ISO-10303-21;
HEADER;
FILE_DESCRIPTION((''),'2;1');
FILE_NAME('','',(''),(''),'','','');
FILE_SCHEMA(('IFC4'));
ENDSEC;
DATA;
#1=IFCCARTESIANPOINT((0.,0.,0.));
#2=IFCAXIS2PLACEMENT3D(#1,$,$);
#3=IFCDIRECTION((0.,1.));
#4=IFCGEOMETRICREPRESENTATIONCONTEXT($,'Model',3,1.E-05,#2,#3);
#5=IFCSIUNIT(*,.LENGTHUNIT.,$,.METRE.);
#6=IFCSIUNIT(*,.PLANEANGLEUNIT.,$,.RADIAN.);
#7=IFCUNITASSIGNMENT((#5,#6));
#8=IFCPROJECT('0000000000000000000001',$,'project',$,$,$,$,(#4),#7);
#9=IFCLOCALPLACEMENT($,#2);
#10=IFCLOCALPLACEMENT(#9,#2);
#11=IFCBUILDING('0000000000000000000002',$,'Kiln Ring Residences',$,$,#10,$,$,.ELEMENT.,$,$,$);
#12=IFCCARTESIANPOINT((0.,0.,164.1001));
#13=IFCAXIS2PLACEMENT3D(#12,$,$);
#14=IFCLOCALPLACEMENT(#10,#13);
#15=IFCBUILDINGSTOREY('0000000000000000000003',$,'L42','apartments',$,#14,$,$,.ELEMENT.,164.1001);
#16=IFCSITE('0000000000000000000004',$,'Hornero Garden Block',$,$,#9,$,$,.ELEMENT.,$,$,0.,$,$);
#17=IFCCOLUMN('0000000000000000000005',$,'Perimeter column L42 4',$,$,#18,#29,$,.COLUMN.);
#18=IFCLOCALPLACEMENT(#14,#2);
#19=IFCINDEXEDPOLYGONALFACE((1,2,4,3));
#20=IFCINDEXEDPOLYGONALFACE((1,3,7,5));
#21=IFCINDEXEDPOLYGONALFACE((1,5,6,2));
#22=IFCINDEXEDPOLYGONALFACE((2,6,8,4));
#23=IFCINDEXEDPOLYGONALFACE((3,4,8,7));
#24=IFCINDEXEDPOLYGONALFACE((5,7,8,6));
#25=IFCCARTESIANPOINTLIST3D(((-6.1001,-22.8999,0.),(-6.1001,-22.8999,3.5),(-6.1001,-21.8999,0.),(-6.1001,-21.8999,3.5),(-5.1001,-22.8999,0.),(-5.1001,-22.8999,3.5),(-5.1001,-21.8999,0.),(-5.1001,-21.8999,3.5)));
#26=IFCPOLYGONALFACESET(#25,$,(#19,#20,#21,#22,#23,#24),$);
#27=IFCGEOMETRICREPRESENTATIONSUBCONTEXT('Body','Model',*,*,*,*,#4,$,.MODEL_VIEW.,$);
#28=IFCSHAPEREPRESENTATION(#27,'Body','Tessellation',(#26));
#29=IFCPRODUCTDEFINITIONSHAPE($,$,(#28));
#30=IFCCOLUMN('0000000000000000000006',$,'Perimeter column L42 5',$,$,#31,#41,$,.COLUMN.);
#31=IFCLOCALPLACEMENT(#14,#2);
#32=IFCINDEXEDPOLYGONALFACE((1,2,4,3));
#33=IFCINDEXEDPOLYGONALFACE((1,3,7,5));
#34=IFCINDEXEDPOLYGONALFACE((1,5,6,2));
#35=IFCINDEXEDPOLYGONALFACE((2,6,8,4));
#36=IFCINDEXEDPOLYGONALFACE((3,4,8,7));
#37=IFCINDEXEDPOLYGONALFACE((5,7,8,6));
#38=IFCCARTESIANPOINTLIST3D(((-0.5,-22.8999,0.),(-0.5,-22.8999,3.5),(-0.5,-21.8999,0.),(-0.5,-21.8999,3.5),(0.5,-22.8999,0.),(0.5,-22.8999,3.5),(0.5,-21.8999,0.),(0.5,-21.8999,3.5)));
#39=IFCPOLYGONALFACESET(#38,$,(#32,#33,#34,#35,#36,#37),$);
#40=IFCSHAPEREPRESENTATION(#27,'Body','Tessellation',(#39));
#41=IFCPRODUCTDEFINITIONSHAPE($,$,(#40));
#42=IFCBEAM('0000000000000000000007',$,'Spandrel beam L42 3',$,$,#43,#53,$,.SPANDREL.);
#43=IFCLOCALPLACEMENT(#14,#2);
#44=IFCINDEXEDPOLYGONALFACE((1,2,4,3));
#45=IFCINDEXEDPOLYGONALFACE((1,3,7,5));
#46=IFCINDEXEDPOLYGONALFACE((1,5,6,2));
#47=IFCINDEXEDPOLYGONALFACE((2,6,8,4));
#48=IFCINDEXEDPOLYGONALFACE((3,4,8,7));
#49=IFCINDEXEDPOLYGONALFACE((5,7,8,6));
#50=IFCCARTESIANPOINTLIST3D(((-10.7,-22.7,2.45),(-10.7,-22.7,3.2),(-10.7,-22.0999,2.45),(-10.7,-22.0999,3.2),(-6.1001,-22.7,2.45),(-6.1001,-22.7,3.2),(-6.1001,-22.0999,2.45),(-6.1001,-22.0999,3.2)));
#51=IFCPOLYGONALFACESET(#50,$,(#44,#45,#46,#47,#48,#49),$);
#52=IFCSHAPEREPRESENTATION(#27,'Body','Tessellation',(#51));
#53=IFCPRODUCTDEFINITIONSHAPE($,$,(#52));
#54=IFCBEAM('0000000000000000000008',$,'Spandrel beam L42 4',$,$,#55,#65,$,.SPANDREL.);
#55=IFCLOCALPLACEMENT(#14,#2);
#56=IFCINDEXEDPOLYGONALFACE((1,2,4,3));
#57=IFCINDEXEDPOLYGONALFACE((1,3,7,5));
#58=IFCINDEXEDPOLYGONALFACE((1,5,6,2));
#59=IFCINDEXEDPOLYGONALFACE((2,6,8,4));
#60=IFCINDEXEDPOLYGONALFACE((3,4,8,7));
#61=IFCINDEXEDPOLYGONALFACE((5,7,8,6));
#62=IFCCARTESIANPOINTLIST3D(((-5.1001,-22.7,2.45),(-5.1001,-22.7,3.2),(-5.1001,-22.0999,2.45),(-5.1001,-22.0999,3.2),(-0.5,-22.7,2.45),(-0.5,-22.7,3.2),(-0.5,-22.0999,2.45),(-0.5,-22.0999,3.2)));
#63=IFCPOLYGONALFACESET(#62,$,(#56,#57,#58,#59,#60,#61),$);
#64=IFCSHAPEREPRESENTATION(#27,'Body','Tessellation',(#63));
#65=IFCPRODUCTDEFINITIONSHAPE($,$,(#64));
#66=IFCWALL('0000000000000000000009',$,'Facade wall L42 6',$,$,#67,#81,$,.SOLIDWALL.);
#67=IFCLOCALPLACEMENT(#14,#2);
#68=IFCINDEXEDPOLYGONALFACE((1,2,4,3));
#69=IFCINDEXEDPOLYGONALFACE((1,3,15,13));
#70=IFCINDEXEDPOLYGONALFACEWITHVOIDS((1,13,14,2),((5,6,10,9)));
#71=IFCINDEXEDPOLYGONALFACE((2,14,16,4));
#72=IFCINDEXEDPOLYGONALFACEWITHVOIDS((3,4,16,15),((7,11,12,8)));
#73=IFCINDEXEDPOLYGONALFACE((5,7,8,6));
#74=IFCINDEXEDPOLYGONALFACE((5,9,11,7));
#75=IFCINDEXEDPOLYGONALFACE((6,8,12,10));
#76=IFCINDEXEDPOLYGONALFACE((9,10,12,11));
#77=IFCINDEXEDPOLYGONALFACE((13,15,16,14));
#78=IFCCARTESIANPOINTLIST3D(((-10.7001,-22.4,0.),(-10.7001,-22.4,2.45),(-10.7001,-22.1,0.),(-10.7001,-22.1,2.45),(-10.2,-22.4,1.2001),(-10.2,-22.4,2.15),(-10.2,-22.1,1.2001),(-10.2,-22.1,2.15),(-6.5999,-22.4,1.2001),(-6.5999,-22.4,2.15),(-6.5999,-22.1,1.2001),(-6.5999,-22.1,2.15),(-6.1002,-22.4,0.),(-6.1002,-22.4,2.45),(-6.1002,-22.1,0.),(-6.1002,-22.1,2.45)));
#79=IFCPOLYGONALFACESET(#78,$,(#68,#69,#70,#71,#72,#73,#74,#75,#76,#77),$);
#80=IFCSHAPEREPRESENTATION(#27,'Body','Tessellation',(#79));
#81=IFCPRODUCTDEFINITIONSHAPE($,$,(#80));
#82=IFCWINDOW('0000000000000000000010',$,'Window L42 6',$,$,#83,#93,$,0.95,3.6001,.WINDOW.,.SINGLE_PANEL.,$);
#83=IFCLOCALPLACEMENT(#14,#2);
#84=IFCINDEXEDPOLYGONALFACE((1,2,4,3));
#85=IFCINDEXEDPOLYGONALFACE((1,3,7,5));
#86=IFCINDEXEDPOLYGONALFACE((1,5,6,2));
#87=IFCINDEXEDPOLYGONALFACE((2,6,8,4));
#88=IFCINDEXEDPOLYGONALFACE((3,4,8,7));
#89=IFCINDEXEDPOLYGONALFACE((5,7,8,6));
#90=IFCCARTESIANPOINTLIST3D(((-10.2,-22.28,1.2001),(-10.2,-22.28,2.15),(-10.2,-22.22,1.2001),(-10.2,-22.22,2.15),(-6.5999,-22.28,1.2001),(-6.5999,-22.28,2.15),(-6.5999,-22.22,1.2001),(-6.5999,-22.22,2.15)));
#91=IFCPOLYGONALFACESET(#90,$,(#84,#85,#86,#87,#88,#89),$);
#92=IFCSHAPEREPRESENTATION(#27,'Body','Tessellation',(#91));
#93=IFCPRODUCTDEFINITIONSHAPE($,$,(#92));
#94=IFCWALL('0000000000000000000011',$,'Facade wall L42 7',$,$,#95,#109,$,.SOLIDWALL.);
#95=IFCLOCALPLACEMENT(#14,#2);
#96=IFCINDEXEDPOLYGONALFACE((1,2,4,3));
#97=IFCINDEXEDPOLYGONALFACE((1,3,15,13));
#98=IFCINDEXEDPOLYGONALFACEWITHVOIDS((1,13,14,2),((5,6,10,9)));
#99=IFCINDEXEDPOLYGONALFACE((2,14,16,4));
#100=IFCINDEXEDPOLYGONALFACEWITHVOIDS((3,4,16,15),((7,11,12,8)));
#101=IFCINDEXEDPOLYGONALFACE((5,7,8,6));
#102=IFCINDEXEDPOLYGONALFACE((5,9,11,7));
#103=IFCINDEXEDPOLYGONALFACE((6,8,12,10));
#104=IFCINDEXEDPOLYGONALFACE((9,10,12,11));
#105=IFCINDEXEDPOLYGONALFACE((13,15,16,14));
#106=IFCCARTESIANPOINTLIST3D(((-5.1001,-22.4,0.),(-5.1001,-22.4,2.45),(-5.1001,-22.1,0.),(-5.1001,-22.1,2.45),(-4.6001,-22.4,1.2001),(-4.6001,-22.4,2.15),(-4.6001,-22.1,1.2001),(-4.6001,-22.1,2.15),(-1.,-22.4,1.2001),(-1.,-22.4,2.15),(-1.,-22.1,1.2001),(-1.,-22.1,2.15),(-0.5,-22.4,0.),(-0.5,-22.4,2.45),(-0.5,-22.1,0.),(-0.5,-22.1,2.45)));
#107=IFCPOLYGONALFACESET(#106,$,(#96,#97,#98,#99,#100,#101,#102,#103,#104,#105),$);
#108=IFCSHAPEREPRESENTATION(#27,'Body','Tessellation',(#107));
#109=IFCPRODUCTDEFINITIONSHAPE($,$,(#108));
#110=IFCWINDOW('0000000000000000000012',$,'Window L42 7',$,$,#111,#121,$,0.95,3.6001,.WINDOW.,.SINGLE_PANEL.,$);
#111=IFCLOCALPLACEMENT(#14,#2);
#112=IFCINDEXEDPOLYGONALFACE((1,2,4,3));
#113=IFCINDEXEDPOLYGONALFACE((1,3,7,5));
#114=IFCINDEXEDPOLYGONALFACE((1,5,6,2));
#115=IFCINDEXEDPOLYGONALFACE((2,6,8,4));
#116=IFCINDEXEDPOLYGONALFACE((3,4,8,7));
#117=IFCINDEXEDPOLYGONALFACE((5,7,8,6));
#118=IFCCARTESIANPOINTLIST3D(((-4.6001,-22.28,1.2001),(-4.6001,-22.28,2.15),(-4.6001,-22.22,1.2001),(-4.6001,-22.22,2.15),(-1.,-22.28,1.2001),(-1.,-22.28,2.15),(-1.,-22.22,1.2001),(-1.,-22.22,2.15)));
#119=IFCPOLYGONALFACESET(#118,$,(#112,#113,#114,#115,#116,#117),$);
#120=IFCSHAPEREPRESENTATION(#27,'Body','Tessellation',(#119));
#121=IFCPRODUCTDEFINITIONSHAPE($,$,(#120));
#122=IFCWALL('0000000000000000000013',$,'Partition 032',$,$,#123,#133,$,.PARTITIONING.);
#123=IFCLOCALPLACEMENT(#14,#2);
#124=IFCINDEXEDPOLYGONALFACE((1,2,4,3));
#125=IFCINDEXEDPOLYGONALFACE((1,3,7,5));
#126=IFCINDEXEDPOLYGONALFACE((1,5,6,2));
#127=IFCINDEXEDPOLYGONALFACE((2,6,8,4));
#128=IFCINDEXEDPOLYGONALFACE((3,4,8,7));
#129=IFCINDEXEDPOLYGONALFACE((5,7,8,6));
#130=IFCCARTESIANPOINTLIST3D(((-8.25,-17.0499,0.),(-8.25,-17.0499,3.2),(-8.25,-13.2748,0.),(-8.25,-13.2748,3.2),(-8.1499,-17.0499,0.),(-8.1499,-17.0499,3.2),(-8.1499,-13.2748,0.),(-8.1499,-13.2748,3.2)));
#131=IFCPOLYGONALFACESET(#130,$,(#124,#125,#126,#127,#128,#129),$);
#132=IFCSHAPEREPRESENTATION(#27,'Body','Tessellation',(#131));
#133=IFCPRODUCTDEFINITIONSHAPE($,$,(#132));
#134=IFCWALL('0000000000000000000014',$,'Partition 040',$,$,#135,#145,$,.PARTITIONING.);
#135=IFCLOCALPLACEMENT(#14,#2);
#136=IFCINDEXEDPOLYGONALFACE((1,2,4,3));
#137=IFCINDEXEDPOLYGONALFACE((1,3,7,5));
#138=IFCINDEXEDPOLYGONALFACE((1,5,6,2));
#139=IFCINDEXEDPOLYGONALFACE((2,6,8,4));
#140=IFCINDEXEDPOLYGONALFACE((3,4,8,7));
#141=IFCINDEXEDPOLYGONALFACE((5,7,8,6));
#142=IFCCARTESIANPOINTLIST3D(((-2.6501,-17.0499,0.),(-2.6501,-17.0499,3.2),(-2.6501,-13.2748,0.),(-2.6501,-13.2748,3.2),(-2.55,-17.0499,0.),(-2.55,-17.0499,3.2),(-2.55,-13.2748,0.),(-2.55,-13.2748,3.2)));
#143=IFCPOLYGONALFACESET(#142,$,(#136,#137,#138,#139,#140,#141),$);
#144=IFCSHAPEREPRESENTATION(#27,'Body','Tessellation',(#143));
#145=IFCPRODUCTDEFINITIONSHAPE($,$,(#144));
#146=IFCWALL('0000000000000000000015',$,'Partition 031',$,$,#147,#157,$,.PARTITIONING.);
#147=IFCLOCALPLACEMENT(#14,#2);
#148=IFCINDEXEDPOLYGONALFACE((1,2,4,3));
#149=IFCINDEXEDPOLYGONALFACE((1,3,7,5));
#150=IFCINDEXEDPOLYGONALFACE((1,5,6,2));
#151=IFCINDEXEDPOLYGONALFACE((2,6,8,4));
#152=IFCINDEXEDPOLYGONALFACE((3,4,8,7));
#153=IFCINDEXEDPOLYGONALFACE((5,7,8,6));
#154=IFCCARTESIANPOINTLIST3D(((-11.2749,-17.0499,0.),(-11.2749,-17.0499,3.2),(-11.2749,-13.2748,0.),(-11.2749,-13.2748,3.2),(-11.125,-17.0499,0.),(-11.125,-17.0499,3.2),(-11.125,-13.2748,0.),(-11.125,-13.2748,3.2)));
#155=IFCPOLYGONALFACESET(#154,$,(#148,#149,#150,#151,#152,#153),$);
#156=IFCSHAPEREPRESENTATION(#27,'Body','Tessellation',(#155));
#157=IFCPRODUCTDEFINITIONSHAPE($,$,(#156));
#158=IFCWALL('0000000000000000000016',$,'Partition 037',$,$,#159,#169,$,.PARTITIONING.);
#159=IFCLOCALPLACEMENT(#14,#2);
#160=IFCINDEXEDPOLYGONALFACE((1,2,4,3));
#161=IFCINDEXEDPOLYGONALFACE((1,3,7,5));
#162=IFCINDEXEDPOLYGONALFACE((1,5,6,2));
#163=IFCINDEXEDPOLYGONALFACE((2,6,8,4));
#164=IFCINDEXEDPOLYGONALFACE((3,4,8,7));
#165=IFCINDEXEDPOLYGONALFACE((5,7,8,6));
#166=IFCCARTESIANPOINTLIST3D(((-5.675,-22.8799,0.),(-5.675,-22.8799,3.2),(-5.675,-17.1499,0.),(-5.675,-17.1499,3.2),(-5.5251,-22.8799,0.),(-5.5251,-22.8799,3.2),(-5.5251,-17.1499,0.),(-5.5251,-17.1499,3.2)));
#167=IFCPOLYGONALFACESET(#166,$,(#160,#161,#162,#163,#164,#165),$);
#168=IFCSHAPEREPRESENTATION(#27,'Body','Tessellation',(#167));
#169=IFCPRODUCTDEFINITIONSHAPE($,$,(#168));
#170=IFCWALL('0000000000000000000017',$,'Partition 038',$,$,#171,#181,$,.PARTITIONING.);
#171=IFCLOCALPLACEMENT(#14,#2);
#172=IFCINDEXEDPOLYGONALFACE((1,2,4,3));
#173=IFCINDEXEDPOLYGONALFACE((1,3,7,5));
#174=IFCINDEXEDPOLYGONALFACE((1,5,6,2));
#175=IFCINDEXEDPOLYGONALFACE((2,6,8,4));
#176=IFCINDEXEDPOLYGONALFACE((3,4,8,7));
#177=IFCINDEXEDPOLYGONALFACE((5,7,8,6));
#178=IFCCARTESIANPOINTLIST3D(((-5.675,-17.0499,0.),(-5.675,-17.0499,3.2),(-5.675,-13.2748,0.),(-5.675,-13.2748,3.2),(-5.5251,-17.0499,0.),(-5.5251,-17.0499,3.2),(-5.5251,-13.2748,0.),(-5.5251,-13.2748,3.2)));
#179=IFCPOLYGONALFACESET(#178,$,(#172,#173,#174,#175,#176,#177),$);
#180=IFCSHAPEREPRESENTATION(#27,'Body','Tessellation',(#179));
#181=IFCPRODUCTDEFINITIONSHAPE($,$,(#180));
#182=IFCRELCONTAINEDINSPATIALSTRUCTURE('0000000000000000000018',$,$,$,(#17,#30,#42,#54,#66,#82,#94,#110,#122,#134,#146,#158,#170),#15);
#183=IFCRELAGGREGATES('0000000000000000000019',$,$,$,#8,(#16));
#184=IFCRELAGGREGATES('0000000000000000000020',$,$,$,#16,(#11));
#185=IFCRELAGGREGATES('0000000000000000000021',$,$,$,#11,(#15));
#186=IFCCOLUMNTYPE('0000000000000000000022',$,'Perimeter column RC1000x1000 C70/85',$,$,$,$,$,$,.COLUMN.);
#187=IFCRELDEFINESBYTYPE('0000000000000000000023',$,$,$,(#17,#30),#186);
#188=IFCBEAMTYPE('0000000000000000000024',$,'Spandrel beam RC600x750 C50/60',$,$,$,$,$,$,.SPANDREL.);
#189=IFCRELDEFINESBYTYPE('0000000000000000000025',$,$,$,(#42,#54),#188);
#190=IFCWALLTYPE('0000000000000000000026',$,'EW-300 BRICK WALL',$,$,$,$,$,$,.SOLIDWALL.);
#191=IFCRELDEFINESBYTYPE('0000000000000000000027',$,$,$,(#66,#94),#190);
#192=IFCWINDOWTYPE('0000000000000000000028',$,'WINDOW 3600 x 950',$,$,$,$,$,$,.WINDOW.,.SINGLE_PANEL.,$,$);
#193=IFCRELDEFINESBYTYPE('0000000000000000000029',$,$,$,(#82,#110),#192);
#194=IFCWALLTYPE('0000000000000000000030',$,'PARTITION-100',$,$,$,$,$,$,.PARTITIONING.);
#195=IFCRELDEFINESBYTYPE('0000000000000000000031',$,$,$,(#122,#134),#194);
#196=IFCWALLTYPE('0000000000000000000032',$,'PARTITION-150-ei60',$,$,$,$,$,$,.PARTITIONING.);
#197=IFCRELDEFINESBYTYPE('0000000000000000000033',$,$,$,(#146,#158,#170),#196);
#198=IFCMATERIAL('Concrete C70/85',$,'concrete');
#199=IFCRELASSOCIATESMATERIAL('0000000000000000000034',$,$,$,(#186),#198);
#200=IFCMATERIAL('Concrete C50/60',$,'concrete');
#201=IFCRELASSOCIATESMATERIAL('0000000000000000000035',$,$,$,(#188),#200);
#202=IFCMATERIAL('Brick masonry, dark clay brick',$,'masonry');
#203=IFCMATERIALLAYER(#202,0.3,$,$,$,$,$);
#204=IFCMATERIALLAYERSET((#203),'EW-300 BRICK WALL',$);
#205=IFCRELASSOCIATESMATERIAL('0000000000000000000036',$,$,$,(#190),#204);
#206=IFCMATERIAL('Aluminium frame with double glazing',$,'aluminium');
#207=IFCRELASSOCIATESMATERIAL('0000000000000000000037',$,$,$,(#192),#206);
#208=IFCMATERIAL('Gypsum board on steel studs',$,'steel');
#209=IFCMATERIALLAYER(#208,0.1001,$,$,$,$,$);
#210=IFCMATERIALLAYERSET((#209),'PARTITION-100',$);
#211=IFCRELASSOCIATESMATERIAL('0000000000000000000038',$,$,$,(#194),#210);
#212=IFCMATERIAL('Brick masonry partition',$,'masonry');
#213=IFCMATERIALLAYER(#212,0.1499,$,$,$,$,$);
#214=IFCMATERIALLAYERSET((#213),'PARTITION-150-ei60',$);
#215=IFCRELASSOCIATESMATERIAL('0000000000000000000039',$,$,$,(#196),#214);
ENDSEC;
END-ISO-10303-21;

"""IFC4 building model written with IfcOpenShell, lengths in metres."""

from ifc_helpers import new_model, si_unit, direction, frame, frame_2d, origin, origin_2d, place, context, subcontext, project, spatial, rectangle, extrude, material, layer, layer_set, material_profile, profile_set, type_object, element, fill, save


model = new_model("IFC4")

# Units and contexts
model_context = context("Model", 3, precision=1e-05, world=origin(), true_north=direction((0.0, 1.0)))
body_context = subcontext(model_context, "Body", "Model", "MODEL_VIEW")
ifc_project = project(units=[si_unit("LENGTHUNIT", "METRE"), si_unit("PLANEANGLEUNIT", "RADIAN")], contexts=[model_context])

# Site, building, storey
site_placement = place(None, origin())
site = spatial("IfcSite", under=ifc_project, at=site_placement, Name="Hornero Garden Block", CompositionType="ELEMENT", RefElevation=0.0)
building_placement = place(site_placement, origin())
building = spatial("IfcBuilding", under=site, at=building_placement, Name="Kiln Ring Residences", CompositionType="ELEMENT")
storey_placement = place(building_placement, frame((0.0, 0.0, 164.1001)))
storey = spatial("IfcBuildingStorey", under=building, at=storey_placement, Name="L42", Description="apartments", CompositionType="ELEMENT", Elevation=164.1001)

# Columns
ifc_material_1 = material(Name="Concrete C70/85", Category="concrete")
ifc_material_profile_1 = material_profile(ifc_material_1, rectangle(XDim=1.0, YDim=1.0, at=origin_2d()), Name="RC1000x1000")
ifc_profile_set_1 = profile_set([ifc_material_profile_1], Name="Concrete C70/85")
column_type = type_object("IfcColumnType", Name="Perimeter column RC1000x1000 C70/85", PredefinedType="COLUMN", material=ifc_profile_set_1)
for number, where, z_axis, x_axis, name in (
    (1, (-5.6001, -22.3999, 0.0), (0.0, 0.0, 1.0), (1.0, 0.0, 0.0), "Perimeter column L42 4"),
    (2, (0.0, -22.3999, 0.0), (0.0, 0.0, 1.0), (1.0, 0.0, 0.0), "Perimeter column L42 5"),
):
    element("IfcColumn", number, at=place(storey_placement, frame(where, z_axis=z_axis, x_axis=x_axis)), inside=storey, type_object=column_type, Name=name, PredefinedType="COLUMN", context=body_context, shape_type="SweptSolid", body=[
        extrude(rectangle(XDim=1.0, YDim=1.0, at=origin_2d()), origin(), (0.0, 0.0, 1.0), 3.5),
    ])

# Beams
ifc_material_2 = material(Name="Concrete C50/60", Category="concrete")
ifc_material_profile_2 = material_profile(ifc_material_2, rectangle(XDim=0.6001, YDim=0.75, at=origin_2d()), Name="RC600x750")
ifc_profile_set_2 = profile_set([ifc_material_profile_2], Name="Concrete C50/60")
beam_type = type_object("IfcBeamType", Name="Spandrel beam RC600x750 C50/60", PredefinedType="SPANDREL", material=ifc_profile_set_2)
beam_1_placement = place(storey_placement, frame((-10.7, -22.3999, 2.825), z_axis=(1.0, 0.0, 0.0), x_axis=(0.0, 1.0, 0.0)))
element("IfcBeam", 3, at=beam_1_placement, inside=storey, type_object=beam_type, Name="Spandrel beam L42 3", PredefinedType="SPANDREL", context=body_context, shape_type="SweptSolid", body=[
    extrude(rectangle(XDim=0.6001, YDim=0.75, at=origin_2d()), origin(), (0.0, 0.0, 1.0), 4.5999),
])
beam_2_placement = place(storey_placement, frame((-5.1001, -22.3999, 2.825), z_axis=(1.0, 0.0, 0.0), x_axis=(0.0, 1.0, 0.0)))
element("IfcBeam", 4, at=beam_2_placement, inside=storey, type_object=beam_type, Name="Spandrel beam L42 4", PredefinedType="SPANDREL", context=body_context, shape_type="SweptSolid", body=[
    extrude(rectangle(XDim=0.6001, YDim=0.75, at=origin_2d()), origin(), (0.0, 0.0, 1.0), 4.6001),
])

# Walls, openings, windows
ifc_material_3 = material(Name="Brick masonry, dark clay brick", Category="masonry")
ifc_layer_1 = layer(ifc_material_3, 0.3)
ifc_layer_set_1 = layer_set([ifc_layer_1], Name="EW-300 BRICK WALL")
wall_type_1 = type_object("IfcWallType", Name="EW-300 BRICK WALL", PredefinedType="SOLIDWALL", material=ifc_layer_set_1)
wall_1_placement = place(storey_placement, frame((-10.7, -22.25, 0.0), z_axis=(0.0, 0.0, 1.0), x_axis=(1.0, 0.0, 0.0)))
wall_1 = element("IfcWall", 5, at=wall_1_placement, inside=storey, type_object=wall_type_1, Name="Facade wall L42 6", PredefinedType="SOLIDWALL", context=body_context, shape_type="SweptSolid", body=[
    extrude(rectangle(XDim=4.5999, YDim=0.3, at=frame_2d((2.2998, 0.0))), origin(), (0.0, 0.0, 1.0), 2.45),
])
opening_1_placement = place(wall_1_placement, frame((0.5, 0.0, 1.2)))
opening_1 = element("IfcOpeningElement", 6, at=opening_1_placement, cuts=wall_1, PredefinedType="OPENING", context=body_context, shape_type="SweptSolid", body=[
    extrude(rectangle(XDim=3.6001, YDim=0.95, at=frame_2d((1.8, 0.4751))), frame((0.0, 0.1599, 0.0), z_axis=(0.0, -1.0, 0.0), x_axis=(1.0, 0.0, 0.0)), (0.0, 0.0, 1.0), 0.3201),
])
ifc_material_4 = material(Name="Aluminium frame with double glazing", Category="aluminium")
window_type = type_object("IfcWindowType", Name="WINDOW 3600 x 950", PartitioningType="SINGLE_PANEL", PredefinedType="WINDOW", material=ifc_material_4)
window_1_placement = place(opening_1_placement, origin())
window_1 = element("IfcWindow", 7, at=window_1_placement, inside=storey, type_object=window_type, Name="Window L42 6", OverallHeight=0.95, OverallWidth=3.6001, PartitioningType="SINGLE_PANEL", PredefinedType="WINDOW", context=body_context, shape_type="SweptSolid", body=[
    extrude(rectangle(XDim=3.6001, YDim=0.95, at=frame_2d((1.8, 0.4751))), frame((0.0, 0.03, 0.0), z_axis=(0.0, -1.0, 0.0), x_axis=(1.0, 0.0, 0.0)), (0.0, 0.0, 1.0), 0.0601),
])
fill(opening_1, window_1)
wall_2_placement = place(storey_placement, frame((-5.1001, -22.25, 0.0), z_axis=(0.0, 0.0, 1.0), x_axis=(1.0, 0.0, 0.0)))
wall_2 = element("IfcWall", 8, at=wall_2_placement, inside=storey, type_object=wall_type_1, Name="Facade wall L42 7", PredefinedType="SOLIDWALL", context=body_context, shape_type="SweptSolid", body=[
    extrude(rectangle(XDim=4.6001, YDim=0.3, at=frame_2d((2.3, 0.0))), origin(), (0.0, 0.0, 1.0), 2.45),
])
opening_2_placement = place(wall_2_placement, frame((0.5, 0.0, 1.2)))
opening_2 = element("IfcOpeningElement", 9, at=opening_2_placement, cuts=wall_2, PredefinedType="OPENING", context=body_context, shape_type="SweptSolid", body=[
    extrude(rectangle(XDim=3.6001, YDim=0.95, at=frame_2d((1.8, 0.4751))), frame((0.0, 0.1599, 0.0), z_axis=(0.0, -1.0, 0.0), x_axis=(1.0, 0.0, 0.0)), (0.0, 0.0, 1.0), 0.3201),
])
window_2_placement = place(opening_2_placement, origin())
window_2 = element("IfcWindow", 10, at=window_2_placement, inside=storey, type_object=window_type, Name="Window L42 7", OverallHeight=0.95, OverallWidth=3.6001, PartitioningType="SINGLE_PANEL", PredefinedType="WINDOW", context=body_context, shape_type="SweptSolid", body=[
    extrude(rectangle(XDim=3.6001, YDim=0.95, at=frame_2d((1.8, 0.4751))), frame((0.0, 0.03, 0.0), z_axis=(0.0, -1.0, 0.0), x_axis=(1.0, 0.0, 0.0)), (0.0, 0.0, 1.0), 0.0601),
])
fill(opening_2, window_2)

# Walls
ifc_material_5 = material(Name="Gypsum board on steel studs", Category="steel")
ifc_layer_2 = layer(ifc_material_5, 0.1001)
ifc_layer_set_2 = layer_set([ifc_layer_2], Name="PARTITION-100")
wall_type_2 = type_object("IfcWallType", Name="PARTITION-100", PredefinedType="PARTITIONING", material=ifc_layer_set_2)
for number, where, z_axis, x_axis, name in (
    (11, (-8.2, -17.05, 0.0), (0.0, 0.0, 1.0), (0.0, 1.0, 0.0), "Partition 032"),
    (12, (-2.6001, -17.05, 0.0), (0.0, 0.0, 1.0), (0.0, 1.0, 0.0), "Partition 040"),
):
    element("IfcWall", number, at=place(storey_placement, frame(where, z_axis=z_axis, x_axis=x_axis)), inside=storey, type_object=wall_type_2, Name=name, PredefinedType="PARTITIONING", context=body_context, shape_type="SweptSolid", body=[
        extrude(rectangle(XDim=3.7751, YDim=0.1001, at=frame_2d((1.8877, 0.0))), origin(), (0.0, 0.0, 1.0), 3.2),
    ])
ifc_material_6 = material(Name="Brick masonry partition", Category="masonry")
ifc_layer_3 = layer(ifc_material_6, 0.1499)
ifc_layer_set_3 = layer_set([ifc_layer_3], Name="PARTITION-150-ei60")
wall_type_3 = type_object("IfcWallType", Name="PARTITION-150-ei60", PredefinedType="PARTITIONING", material=ifc_layer_set_3)
wall_3_placement = place(storey_placement, frame((-11.2, -17.05, 0.0), z_axis=(0.0, 0.0, 1.0), x_axis=(0.0, 1.0, 0.0)))
element("IfcWall", 13, at=wall_3_placement, inside=storey, type_object=wall_type_3, Name="Partition 031", PredefinedType="PARTITIONING", context=body_context, shape_type="SweptSolid", body=[
    extrude(rectangle(XDim=3.7751, YDim=0.1499, at=frame_2d((1.8877, 0.0))), origin(), (0.0, 0.0, 1.0), 3.2),
])
wall_4_placement = place(storey_placement, frame((-5.6001, -22.8799, 0.0), z_axis=(0.0, 0.0, 1.0), x_axis=(0.0, 1.0, 0.0)))
element("IfcWall", 14, at=wall_4_placement, inside=storey, type_object=wall_type_3, Name="Partition 037", PredefinedType="PARTITIONING", context=body_context, shape_type="SweptSolid", body=[
    extrude(rectangle(XDim=5.73, YDim=0.1499, at=frame_2d((2.865, 0.0))), origin(), (0.0, 0.0, 1.0), 3.2),
])
wall_5_placement = place(storey_placement, frame((-5.6001, -17.05, 0.0), z_axis=(0.0, 0.0, 1.0), x_axis=(0.0, 1.0, 0.0)))
element("IfcWall", 15, at=wall_5_placement, inside=storey, type_object=wall_type_3, Name="Partition 038", PredefinedType="PARTITIONING", context=body_context, shape_type="SweptSolid", body=[
    extrude(rectangle(XDim=3.7751, YDim=0.1499, at=frame_2d((1.8877, 0.0))), origin(), (0.0, 0.0, 1.0), 3.2),
])

save(model, "model.ifc")
